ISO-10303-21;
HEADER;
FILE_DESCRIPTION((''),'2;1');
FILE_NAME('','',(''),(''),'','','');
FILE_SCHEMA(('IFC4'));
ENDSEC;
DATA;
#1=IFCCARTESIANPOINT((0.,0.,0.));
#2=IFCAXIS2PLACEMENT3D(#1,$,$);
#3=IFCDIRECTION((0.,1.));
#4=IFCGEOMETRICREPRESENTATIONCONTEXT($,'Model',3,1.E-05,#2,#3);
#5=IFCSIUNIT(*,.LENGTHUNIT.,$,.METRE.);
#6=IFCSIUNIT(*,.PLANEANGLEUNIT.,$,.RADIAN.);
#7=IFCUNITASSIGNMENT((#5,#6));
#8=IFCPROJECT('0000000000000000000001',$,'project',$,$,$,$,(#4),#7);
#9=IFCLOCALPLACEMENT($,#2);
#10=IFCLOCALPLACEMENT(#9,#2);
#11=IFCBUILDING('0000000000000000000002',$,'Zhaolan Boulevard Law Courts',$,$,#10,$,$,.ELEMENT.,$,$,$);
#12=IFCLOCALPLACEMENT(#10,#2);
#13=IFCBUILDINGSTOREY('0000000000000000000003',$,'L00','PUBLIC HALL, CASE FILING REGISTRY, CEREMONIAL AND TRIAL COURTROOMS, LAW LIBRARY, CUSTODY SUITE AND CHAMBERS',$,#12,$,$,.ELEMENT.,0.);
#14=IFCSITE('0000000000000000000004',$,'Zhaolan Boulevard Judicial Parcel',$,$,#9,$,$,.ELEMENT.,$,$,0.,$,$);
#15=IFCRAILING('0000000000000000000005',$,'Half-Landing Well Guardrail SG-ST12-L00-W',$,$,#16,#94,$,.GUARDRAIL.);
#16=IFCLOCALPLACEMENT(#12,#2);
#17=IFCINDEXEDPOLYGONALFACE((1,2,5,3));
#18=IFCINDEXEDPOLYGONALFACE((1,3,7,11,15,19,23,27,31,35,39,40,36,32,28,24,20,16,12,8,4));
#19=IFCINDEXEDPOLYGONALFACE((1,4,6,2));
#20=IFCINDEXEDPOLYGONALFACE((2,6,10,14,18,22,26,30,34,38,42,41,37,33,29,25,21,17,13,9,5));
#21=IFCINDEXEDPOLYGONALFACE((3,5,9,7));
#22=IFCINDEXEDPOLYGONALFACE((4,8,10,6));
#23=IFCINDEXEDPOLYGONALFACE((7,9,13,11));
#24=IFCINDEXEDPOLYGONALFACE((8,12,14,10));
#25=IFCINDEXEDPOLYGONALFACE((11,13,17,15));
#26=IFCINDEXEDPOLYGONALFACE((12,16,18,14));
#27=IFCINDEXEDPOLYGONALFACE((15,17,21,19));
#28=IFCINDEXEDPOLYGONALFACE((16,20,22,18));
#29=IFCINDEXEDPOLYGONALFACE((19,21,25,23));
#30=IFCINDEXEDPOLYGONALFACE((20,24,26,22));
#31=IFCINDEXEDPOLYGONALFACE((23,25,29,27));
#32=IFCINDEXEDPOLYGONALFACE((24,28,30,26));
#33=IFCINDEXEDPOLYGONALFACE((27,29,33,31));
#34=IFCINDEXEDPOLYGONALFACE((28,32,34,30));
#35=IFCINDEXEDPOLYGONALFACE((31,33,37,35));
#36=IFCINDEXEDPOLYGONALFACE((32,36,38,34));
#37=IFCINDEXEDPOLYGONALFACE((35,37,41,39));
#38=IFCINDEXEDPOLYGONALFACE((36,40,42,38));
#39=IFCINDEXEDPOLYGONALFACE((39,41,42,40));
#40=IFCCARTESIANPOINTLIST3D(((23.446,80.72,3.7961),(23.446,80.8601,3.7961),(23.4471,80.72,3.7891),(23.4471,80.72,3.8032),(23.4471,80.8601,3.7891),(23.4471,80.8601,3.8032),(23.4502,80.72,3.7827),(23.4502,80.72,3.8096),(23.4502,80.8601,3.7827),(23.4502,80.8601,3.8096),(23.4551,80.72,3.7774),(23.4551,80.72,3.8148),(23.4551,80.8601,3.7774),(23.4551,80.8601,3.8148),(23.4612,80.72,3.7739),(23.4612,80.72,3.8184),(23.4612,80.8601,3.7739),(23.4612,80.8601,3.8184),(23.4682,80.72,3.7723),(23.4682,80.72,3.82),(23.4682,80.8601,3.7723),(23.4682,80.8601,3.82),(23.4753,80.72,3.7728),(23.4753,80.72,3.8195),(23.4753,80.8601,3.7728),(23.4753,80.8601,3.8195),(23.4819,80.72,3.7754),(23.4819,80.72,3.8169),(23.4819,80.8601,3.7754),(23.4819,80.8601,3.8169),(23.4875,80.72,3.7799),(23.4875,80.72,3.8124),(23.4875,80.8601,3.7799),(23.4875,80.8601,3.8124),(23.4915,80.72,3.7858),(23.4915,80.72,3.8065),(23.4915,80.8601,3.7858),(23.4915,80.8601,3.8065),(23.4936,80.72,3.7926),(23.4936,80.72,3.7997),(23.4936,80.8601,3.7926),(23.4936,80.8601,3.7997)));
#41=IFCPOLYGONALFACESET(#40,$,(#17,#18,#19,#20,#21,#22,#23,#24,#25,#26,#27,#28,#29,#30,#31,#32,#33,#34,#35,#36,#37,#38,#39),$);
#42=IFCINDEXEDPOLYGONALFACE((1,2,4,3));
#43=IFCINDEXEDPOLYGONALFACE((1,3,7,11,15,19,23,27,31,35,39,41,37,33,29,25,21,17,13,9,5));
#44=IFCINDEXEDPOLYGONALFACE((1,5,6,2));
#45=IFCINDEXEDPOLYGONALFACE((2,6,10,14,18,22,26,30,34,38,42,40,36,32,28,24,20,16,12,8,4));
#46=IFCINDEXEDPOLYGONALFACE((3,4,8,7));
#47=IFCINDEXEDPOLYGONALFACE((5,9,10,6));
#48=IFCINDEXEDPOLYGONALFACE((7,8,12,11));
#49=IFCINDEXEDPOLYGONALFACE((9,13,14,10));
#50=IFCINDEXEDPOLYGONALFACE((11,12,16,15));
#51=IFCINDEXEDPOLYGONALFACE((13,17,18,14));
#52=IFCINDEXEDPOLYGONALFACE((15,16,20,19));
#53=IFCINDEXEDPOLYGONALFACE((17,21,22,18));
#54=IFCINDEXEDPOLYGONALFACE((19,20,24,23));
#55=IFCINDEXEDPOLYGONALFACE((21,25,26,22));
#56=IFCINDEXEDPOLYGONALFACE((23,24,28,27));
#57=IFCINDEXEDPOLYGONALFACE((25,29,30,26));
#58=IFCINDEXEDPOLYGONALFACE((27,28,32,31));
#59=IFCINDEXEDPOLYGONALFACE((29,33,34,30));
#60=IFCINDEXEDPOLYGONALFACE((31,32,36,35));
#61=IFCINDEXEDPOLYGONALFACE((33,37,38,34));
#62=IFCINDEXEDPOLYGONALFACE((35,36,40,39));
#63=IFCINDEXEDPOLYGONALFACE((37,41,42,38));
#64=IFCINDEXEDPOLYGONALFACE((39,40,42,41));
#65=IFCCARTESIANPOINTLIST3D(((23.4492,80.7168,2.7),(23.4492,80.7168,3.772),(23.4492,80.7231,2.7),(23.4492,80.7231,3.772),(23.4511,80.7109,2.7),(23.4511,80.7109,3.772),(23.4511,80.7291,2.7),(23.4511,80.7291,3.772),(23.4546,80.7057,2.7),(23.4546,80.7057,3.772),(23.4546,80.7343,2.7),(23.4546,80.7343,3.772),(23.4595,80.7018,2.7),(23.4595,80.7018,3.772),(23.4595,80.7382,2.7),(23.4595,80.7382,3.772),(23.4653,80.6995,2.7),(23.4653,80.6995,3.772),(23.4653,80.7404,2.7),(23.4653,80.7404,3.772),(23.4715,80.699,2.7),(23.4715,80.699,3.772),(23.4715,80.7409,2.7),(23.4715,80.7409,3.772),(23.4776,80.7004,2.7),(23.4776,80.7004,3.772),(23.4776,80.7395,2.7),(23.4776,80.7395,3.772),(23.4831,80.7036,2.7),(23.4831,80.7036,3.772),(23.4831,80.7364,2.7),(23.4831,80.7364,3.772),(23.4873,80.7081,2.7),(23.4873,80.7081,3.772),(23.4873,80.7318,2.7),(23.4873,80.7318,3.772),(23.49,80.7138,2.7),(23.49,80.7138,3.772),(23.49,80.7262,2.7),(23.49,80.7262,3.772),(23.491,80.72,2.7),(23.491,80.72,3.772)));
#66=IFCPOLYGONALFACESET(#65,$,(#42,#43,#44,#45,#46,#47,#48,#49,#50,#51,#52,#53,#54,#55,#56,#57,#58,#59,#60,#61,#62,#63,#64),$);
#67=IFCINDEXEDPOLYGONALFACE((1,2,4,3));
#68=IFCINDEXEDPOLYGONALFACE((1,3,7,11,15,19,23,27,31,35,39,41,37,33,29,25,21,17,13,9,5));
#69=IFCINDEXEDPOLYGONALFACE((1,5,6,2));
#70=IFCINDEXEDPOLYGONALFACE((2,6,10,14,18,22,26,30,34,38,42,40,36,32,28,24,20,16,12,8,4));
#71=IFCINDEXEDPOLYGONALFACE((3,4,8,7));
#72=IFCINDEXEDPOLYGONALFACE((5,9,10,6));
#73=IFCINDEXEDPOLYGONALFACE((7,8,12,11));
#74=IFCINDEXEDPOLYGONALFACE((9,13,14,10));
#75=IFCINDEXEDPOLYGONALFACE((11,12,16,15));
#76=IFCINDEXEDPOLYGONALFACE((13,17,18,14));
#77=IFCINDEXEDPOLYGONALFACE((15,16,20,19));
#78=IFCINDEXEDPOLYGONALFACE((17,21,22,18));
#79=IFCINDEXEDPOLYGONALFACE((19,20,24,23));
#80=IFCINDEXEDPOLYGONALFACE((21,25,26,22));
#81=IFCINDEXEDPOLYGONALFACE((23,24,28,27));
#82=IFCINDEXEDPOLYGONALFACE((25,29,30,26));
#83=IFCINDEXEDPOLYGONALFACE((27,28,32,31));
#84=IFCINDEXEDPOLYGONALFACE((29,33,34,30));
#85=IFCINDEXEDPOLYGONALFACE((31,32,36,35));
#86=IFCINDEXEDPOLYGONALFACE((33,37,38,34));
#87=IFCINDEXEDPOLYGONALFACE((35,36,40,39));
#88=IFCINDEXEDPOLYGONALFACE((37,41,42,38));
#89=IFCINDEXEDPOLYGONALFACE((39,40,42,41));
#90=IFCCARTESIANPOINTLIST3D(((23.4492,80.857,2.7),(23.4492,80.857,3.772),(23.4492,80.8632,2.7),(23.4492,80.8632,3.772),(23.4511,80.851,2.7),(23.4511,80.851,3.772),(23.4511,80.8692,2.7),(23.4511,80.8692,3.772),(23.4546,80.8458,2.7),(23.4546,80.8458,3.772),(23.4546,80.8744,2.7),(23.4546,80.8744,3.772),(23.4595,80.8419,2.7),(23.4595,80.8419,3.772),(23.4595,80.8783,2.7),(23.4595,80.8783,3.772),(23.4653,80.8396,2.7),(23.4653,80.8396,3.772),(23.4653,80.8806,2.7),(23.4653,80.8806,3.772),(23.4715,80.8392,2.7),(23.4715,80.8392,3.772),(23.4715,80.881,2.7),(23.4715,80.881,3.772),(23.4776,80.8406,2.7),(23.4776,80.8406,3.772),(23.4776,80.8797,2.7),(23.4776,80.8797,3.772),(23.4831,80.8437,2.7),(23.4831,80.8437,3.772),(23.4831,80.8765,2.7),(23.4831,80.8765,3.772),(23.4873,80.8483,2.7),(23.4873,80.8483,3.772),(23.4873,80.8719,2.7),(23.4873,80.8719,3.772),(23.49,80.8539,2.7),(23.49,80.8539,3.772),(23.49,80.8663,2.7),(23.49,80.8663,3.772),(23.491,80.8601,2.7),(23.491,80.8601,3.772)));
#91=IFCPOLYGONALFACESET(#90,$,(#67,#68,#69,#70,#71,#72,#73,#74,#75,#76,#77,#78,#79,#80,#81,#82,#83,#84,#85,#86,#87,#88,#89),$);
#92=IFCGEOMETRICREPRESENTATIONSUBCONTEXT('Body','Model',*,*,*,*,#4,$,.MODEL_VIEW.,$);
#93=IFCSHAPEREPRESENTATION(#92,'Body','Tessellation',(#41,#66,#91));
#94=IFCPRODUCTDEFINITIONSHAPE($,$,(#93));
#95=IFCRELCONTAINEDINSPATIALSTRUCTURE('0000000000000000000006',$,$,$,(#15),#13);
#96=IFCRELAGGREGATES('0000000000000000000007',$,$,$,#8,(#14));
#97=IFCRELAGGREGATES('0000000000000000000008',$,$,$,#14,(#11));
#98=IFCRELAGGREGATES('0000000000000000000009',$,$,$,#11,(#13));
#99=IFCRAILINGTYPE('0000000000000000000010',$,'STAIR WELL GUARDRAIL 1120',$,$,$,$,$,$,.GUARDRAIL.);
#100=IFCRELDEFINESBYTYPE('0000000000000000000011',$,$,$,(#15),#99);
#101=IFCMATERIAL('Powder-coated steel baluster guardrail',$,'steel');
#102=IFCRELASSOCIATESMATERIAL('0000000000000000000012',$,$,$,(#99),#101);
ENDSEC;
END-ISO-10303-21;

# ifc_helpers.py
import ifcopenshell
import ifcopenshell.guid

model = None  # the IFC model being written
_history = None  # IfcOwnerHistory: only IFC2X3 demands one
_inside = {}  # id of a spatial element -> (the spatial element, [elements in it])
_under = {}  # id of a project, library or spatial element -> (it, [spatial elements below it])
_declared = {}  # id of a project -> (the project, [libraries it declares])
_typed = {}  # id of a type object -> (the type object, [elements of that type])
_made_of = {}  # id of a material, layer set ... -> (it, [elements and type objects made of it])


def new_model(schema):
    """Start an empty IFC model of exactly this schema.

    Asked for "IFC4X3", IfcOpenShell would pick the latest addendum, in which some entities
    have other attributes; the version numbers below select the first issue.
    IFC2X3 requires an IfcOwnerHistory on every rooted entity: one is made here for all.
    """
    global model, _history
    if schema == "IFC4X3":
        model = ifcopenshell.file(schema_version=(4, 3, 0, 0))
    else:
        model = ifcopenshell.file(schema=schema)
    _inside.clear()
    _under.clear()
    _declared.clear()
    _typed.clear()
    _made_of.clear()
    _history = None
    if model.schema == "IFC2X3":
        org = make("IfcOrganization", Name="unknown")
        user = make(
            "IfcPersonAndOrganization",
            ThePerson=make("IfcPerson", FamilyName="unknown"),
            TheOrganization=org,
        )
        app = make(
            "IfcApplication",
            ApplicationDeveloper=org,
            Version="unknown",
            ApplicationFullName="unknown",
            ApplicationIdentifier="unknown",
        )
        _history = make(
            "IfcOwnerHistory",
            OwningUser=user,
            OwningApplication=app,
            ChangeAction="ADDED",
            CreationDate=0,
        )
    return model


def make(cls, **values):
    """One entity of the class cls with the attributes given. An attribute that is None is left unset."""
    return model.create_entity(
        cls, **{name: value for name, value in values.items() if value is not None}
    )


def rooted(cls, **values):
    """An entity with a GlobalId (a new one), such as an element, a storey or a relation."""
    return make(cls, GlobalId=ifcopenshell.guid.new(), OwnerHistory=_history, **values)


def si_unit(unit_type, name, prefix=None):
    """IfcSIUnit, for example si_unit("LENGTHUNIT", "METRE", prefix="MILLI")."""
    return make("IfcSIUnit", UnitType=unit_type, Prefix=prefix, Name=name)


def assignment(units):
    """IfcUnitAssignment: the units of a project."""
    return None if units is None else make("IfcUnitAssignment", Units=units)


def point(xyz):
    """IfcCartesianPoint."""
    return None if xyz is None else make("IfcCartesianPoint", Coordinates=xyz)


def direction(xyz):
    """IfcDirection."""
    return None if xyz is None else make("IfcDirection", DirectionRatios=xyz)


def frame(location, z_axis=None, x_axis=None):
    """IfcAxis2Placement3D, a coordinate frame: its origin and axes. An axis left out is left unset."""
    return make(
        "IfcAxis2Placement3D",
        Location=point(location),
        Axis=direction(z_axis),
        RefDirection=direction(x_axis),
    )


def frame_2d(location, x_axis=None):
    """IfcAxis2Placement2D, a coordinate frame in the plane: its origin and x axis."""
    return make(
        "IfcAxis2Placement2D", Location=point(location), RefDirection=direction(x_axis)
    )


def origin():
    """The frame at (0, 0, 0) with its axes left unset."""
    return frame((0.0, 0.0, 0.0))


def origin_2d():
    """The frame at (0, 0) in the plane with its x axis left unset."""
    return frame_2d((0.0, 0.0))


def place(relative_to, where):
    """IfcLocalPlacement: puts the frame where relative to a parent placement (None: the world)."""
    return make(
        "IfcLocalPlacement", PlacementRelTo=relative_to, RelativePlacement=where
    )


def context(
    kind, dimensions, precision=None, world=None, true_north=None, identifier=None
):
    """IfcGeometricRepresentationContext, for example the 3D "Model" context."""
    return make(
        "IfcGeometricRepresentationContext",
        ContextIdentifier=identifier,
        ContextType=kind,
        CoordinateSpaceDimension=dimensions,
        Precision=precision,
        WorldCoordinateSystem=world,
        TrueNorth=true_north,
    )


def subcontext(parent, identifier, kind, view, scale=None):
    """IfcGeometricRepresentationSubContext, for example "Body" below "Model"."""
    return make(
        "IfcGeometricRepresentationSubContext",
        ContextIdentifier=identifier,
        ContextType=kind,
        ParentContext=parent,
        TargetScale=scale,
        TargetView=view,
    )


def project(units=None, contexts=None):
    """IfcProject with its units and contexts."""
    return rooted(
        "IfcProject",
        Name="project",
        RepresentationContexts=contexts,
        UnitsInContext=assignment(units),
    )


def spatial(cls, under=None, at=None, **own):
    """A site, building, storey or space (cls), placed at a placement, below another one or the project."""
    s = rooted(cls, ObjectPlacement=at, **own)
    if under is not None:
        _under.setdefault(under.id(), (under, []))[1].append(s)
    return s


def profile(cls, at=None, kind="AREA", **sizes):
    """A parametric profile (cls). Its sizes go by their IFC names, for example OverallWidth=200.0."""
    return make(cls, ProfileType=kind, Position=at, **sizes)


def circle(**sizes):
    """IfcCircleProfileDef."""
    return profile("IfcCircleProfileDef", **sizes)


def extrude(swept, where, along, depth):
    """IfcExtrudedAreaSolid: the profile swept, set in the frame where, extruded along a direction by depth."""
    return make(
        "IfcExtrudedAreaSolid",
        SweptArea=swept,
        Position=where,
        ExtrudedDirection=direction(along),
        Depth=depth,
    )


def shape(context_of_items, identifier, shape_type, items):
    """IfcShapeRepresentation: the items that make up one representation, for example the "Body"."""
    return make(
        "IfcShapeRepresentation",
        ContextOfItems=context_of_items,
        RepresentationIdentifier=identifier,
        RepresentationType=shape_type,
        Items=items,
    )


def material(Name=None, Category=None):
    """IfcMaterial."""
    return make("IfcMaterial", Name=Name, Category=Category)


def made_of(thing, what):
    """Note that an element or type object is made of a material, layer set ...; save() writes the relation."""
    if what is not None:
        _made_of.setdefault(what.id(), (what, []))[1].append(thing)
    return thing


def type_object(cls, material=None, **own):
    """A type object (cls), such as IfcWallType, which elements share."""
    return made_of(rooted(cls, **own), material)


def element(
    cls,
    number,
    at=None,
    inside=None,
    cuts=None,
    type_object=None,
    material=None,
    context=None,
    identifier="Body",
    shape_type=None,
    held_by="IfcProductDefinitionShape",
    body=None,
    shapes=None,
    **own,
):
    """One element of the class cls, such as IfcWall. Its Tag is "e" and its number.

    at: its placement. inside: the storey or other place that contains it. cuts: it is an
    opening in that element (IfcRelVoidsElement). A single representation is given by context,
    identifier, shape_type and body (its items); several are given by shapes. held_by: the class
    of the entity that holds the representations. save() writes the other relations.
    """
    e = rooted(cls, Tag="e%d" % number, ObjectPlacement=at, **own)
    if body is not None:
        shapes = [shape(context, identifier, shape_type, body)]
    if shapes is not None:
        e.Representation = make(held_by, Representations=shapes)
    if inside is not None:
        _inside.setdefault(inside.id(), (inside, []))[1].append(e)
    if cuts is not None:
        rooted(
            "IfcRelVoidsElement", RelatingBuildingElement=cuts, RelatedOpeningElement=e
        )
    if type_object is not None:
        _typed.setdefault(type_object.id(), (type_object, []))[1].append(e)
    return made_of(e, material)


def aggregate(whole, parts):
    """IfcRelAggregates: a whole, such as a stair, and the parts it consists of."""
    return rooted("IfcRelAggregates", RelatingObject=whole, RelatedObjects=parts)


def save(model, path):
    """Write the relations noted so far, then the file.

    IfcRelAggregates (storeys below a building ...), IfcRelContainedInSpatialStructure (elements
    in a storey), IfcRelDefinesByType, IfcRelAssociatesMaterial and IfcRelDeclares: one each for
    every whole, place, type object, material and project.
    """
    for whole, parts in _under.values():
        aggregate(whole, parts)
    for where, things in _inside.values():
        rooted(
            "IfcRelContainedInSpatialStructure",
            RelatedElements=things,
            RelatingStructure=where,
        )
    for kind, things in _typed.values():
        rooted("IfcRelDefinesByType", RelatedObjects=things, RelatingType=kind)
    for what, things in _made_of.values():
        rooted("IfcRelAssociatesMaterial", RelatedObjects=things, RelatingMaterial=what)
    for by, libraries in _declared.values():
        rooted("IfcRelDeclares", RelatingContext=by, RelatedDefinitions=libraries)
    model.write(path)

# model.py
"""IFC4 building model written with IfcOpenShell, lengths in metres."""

from ifc_helpers import new_model, si_unit, direction, frame, origin, origin_2d, place, context, subcontext, project, spatial, circle, extrude, material, type_object, element, save


model = new_model("IFC4")

# Units and contexts
model_context = context("Model", 3, precision=1e-05, world=origin(), true_north=direction((0.0, 1.0)))
body_context = subcontext(model_context, "Body", "Model", "MODEL_VIEW")
ifc_project = project(units=[si_unit("LENGTHUNIT", "METRE"), si_unit("PLANEANGLEUNIT", "RADIAN")], contexts=[model_context])

# Site, building, storey
site_placement = place(None, origin())
site = spatial("IfcSite", under=ifc_project, at=site_placement, Name="Zhaolan Boulevard Judicial Parcel", CompositionType="ELEMENT", RefElevation=0.0)
building_placement = place(site_placement, origin())
building = spatial("IfcBuilding", under=site, at=building_placement, Name="Zhaolan Boulevard Law Courts", CompositionType="ELEMENT")
storey_placement = place(building_placement, origin())
storey = spatial("IfcBuildingStorey", under=building, at=storey_placement, Name="L00", Description="PUBLIC HALL, CASE FILING REGISTRY, CEREMONIAL AND TRIAL COURTROOMS, LAW LIBRARY, CUSTODY SUITE AND CHAMBERS", CompositionType="ELEMENT", Elevation=0.0)

# Railing
ifc_material_1 = material(Name="Powder-coated steel baluster guardrail", Category="steel")
railing_type_1 = type_object("IfcRailingType", Name="STAIR WELL GUARDRAIL 1120", PredefinedType="GUARDRAIL", material=ifc_material_1)
railing_1_placement = place(storey_placement, frame((23.47, 80.72, 2.7)))
element("IfcRailing", 1, at=railing_1_placement, inside=storey, type_object=railing_type_1, Name="Half-Landing Well Guardrail SG-ST12-L00-W", PredefinedType="GUARDRAIL", context=body_context, shape_type="SweptSolid", body=[
    extrude(circle(Radius=0.0239, at=origin_2d()), frame((0.0, 0.0, 1.0962), z_axis=(0.0, 1.0, 0.0), x_axis=(-1.0, 0.0, 0.0)), (0.0, 0.0, 1.0), 0.1401),
    extrude(circle(Radius=0.021, at=origin_2d()), origin(), (0.0, 0.0, 1.0), 1.072),
    extrude(circle(Radius=0.021, at=origin_2d()), frame((0.0, 0.1401, 0.0)), (0.0, 0.0, 1.0), 1.072),
])

save(model, "model.ifc")
